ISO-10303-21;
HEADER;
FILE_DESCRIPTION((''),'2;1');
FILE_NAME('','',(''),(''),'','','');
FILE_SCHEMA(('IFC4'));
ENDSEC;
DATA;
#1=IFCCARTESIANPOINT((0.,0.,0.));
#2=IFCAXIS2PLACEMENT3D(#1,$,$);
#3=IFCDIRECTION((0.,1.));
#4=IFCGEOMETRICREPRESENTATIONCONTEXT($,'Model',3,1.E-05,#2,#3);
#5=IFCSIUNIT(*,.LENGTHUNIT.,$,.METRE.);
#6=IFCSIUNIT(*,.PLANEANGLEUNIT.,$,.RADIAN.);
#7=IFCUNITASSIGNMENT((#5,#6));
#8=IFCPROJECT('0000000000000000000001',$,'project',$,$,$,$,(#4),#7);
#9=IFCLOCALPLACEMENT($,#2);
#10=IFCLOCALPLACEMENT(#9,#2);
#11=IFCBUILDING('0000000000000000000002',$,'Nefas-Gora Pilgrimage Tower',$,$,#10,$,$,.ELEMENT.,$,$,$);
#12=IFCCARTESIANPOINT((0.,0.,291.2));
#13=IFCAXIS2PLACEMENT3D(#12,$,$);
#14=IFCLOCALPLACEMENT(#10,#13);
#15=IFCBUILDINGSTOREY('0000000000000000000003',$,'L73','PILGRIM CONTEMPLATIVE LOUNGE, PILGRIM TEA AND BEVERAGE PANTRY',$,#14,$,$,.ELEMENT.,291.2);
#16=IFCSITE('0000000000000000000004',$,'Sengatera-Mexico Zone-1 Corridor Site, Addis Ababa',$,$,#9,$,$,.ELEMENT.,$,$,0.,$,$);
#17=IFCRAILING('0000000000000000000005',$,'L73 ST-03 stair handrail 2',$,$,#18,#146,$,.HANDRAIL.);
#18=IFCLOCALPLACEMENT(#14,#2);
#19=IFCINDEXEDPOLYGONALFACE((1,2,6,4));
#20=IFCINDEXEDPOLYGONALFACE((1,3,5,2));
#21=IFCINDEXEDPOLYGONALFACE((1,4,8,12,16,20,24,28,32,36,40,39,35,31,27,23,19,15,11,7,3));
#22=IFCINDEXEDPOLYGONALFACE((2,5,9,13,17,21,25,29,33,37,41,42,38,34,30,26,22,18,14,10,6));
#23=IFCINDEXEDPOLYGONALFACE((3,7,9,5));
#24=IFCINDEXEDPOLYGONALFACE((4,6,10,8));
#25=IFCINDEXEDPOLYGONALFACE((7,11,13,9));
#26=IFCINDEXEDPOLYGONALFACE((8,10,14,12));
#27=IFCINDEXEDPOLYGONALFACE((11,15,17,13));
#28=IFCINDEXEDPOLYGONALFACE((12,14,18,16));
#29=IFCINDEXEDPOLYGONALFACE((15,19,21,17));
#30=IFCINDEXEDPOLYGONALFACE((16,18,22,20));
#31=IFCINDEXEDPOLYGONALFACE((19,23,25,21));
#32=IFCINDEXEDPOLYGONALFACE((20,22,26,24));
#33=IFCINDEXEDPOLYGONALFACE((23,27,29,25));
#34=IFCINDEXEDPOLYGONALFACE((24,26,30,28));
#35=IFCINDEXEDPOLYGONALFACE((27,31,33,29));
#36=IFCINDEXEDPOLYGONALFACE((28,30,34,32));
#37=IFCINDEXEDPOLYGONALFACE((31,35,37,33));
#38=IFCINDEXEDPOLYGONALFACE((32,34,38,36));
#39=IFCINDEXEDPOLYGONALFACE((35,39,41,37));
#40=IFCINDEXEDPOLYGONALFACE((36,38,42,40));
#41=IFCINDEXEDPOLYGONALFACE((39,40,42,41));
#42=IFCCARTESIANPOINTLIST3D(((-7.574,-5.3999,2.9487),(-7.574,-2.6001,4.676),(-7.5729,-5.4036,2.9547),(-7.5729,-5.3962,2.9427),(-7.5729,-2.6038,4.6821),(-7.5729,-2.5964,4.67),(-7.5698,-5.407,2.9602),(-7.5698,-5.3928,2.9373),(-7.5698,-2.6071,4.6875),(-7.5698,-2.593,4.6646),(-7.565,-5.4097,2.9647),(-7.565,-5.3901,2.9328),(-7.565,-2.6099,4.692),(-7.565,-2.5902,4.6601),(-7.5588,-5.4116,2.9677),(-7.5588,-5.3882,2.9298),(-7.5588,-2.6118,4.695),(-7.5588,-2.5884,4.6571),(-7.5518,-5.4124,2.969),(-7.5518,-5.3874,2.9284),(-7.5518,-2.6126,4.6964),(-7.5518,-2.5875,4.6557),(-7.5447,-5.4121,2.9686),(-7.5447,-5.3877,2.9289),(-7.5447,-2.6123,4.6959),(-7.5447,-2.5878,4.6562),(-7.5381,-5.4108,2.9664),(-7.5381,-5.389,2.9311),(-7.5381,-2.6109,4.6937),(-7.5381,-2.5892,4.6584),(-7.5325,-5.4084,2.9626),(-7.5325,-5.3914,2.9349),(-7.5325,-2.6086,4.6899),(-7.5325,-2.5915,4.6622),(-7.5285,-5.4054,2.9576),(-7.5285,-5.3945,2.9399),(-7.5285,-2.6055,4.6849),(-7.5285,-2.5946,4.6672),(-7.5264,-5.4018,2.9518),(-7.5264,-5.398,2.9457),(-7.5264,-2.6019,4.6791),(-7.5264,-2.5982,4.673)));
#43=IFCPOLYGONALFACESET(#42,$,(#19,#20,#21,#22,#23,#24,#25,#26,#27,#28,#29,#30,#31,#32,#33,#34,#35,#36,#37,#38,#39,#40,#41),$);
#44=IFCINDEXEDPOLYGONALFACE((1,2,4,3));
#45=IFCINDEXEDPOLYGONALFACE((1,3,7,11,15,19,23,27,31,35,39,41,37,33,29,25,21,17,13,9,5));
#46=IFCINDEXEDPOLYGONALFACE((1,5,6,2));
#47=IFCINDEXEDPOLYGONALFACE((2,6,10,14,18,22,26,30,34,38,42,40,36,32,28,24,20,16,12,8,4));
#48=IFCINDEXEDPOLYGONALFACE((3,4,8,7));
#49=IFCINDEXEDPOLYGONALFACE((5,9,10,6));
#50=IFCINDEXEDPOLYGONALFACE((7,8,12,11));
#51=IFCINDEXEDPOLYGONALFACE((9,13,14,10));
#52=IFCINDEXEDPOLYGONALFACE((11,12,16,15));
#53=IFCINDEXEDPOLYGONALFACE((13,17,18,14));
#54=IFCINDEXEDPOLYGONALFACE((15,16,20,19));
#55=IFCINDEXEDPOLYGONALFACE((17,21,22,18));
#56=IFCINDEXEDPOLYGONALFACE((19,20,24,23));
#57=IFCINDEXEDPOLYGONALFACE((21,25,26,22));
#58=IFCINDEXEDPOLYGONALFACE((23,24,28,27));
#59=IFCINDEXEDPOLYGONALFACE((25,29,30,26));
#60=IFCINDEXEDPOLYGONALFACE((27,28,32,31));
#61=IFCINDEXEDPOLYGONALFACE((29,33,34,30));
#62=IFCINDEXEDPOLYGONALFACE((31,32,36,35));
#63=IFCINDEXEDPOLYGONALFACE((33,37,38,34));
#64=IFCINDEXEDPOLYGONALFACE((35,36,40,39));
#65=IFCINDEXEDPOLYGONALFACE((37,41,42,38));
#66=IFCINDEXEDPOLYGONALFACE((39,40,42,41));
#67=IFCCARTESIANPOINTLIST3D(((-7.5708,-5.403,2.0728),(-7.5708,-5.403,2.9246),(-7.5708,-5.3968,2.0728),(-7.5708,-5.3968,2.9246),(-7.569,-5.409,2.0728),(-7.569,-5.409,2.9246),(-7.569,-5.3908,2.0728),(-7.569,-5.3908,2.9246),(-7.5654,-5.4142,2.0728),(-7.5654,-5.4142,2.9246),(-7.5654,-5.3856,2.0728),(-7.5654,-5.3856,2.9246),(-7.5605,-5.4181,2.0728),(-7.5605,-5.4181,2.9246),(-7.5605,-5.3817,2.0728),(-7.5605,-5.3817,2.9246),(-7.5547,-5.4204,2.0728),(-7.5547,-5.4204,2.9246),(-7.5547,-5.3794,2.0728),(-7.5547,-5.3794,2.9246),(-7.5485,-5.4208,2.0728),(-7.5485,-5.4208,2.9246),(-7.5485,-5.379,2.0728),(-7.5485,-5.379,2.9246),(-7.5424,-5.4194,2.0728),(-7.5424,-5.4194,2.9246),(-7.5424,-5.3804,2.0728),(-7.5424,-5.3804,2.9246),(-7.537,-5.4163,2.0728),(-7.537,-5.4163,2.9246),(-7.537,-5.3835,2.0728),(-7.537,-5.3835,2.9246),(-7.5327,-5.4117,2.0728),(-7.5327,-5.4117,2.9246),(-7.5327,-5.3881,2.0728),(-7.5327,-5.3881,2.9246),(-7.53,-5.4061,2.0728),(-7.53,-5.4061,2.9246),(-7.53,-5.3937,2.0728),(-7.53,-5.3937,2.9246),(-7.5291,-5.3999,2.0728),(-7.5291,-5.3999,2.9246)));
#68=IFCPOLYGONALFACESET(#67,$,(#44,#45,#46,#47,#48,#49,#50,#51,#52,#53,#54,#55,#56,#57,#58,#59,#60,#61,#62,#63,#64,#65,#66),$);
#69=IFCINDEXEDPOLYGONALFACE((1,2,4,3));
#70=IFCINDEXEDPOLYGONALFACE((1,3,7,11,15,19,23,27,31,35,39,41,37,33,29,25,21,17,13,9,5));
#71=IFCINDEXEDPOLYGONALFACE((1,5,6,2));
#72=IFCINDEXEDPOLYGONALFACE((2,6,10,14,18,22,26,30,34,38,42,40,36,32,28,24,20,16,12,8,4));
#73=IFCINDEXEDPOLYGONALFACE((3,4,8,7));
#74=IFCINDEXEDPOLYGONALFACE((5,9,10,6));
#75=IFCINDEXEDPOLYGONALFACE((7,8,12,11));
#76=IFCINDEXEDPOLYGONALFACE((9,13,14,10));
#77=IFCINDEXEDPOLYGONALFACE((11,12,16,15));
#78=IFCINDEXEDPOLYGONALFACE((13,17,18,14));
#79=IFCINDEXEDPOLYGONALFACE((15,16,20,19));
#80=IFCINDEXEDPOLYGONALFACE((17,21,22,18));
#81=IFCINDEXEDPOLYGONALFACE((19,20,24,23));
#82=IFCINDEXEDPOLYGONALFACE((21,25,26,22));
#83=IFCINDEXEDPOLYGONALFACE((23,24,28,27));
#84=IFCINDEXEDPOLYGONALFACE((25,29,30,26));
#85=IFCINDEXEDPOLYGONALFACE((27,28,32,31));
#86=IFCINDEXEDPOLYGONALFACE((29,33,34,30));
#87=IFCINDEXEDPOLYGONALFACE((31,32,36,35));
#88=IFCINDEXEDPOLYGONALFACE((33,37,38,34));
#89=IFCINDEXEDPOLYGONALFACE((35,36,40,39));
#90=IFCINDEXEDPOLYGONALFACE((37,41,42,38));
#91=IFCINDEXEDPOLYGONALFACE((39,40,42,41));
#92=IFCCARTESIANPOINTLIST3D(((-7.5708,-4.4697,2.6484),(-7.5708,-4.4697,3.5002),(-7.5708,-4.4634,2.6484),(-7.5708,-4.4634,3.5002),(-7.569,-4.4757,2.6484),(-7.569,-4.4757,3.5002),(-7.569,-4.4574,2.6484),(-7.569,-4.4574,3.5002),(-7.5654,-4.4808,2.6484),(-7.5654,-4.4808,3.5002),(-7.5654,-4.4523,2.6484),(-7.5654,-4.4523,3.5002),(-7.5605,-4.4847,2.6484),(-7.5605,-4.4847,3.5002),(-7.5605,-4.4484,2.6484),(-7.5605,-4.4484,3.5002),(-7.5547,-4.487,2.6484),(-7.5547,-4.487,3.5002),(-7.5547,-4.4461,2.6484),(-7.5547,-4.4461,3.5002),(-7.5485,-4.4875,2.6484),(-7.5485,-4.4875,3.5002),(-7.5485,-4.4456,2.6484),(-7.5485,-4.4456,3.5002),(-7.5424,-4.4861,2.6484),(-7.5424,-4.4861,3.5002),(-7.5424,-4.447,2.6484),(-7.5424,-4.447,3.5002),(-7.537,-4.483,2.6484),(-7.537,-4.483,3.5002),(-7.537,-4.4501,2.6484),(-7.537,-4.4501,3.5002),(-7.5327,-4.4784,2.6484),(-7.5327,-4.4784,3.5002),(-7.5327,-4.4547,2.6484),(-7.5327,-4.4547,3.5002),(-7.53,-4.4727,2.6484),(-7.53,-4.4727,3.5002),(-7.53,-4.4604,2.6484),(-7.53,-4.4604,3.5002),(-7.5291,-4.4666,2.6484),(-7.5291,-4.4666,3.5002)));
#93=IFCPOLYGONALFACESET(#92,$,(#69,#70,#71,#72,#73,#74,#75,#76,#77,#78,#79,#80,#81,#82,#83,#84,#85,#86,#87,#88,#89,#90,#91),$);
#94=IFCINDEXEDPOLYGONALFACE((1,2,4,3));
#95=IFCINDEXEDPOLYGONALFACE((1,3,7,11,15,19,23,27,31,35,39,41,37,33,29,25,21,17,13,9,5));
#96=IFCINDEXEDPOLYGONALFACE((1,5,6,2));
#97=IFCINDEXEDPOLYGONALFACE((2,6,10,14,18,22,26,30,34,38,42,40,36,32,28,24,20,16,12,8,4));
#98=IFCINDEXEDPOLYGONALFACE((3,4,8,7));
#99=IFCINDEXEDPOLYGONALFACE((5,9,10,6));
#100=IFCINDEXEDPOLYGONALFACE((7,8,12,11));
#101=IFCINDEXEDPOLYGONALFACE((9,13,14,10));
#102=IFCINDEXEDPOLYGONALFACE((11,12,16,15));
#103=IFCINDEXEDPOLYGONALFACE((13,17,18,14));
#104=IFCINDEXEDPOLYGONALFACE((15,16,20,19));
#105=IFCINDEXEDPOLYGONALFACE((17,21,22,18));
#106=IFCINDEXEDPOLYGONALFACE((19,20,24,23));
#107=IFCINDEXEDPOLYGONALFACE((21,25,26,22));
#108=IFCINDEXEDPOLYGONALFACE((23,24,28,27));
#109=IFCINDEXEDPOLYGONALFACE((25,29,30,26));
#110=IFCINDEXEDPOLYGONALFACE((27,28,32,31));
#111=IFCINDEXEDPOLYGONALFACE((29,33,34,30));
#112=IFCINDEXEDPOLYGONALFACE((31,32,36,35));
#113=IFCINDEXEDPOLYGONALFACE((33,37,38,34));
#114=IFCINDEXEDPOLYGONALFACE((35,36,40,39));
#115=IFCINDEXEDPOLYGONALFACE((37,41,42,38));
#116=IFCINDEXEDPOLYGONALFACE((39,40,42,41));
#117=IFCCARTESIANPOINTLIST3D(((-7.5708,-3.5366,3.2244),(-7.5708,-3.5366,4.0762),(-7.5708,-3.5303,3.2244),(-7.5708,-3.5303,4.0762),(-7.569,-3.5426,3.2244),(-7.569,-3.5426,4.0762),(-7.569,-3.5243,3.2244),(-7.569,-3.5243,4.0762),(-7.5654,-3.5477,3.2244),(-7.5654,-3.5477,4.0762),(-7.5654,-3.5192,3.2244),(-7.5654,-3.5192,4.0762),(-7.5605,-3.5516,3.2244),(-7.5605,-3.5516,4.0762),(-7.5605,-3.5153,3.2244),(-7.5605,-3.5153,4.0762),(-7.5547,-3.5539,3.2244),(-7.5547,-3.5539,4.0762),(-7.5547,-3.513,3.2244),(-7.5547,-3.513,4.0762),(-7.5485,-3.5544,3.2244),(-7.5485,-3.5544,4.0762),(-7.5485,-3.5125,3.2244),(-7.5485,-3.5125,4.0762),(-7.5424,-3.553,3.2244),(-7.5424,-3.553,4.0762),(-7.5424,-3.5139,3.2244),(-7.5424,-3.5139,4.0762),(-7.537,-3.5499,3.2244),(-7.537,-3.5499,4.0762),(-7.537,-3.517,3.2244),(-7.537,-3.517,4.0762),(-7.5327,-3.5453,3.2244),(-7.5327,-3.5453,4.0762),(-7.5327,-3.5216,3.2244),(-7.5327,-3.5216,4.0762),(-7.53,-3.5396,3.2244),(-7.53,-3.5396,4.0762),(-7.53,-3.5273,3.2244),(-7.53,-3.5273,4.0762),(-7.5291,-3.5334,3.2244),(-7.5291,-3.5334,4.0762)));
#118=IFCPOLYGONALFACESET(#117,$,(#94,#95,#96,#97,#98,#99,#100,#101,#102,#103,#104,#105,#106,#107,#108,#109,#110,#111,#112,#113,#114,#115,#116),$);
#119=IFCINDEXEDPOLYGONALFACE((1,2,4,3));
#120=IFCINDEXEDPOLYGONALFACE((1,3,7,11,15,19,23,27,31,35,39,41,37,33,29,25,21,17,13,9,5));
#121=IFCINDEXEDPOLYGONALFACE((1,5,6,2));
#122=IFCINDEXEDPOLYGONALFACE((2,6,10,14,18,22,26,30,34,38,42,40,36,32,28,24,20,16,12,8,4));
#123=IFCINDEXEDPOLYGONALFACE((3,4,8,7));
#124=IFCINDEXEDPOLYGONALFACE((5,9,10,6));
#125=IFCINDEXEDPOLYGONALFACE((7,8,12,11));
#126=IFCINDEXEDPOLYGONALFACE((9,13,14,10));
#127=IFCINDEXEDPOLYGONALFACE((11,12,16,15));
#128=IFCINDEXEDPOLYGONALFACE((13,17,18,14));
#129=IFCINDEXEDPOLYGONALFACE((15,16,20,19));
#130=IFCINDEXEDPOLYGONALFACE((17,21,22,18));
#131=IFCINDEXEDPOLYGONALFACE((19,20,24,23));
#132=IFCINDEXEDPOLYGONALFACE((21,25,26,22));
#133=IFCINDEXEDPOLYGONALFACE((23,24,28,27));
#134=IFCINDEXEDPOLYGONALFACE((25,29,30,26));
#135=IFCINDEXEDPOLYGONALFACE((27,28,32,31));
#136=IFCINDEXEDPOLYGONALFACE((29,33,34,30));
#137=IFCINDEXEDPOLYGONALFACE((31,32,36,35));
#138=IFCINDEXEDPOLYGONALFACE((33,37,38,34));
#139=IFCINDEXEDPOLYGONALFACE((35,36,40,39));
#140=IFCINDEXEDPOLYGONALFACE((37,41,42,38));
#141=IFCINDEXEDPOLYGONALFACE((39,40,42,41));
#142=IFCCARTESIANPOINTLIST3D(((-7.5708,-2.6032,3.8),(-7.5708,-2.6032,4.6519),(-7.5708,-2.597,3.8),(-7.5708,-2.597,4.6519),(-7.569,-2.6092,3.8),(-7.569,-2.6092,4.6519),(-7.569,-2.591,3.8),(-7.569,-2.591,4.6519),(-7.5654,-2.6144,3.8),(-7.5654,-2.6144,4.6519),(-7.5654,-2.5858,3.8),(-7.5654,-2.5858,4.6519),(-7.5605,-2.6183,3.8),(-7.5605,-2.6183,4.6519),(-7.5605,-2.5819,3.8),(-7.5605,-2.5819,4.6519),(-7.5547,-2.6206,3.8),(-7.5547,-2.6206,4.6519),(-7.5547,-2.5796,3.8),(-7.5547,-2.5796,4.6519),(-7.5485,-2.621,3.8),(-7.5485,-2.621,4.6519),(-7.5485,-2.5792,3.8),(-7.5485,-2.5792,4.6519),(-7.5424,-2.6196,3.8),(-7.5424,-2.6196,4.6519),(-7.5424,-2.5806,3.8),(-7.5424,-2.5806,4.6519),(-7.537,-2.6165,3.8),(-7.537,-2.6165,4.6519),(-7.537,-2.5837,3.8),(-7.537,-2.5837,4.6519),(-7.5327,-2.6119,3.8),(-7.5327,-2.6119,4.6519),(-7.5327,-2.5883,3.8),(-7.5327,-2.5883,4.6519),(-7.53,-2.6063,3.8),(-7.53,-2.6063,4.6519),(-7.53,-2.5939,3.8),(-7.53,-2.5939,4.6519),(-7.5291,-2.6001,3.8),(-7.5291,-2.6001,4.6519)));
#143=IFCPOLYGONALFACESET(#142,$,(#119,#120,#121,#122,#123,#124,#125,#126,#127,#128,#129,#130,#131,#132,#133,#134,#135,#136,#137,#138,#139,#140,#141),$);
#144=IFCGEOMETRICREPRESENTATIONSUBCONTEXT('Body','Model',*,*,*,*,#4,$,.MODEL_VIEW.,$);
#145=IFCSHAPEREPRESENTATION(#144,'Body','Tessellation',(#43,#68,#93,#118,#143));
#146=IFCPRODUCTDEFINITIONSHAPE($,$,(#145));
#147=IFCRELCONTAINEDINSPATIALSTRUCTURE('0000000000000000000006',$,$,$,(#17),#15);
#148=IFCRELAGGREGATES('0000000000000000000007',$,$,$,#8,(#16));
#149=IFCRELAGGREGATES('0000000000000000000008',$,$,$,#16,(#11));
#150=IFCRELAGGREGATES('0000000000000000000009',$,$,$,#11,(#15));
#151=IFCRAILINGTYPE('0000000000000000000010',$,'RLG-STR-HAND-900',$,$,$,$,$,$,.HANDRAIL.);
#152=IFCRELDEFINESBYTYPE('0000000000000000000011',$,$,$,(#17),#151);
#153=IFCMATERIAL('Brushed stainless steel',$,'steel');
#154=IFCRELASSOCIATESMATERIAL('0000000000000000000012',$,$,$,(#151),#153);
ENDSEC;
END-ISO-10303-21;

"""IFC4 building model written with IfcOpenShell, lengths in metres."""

from ifc_helpers import new_model, si_unit, direction, frame, origin, origin_2d, place, context, subcontext, project, spatial, circle, extrude, material, type_object, element, save


model = new_model("IFC4")

# Units and contexts
model_context = context("Model", 3, precision=1e-05, world=origin(), true_north=direction((0.0, 1.0)))
body_context = subcontext(model_context, "Body", "Model", "MODEL_VIEW")
ifc_project = project(units=[si_unit("LENGTHUNIT", "METRE"), si_unit("PLANEANGLEUNIT", "RADIAN")], contexts=[model_context])

# Site, building, storey
site_placement = place(None, origin())
site = spatial("IfcSite", under=ifc_project, at=site_placement, Name="Sengatera-Mexico Zone-1 Corridor Site, Addis Ababa", CompositionType="ELEMENT", RefElevation=0.0)
building_placement = place(site_placement, origin())
building = spatial("IfcBuilding", under=site, at=building_placement, Name="Nefas-Gora Pilgrimage Tower", CompositionType="ELEMENT")
storey_placement = place(building_placement, frame((0.0, 0.0, 291.2)))
storey = spatial("IfcBuildingStorey", under=building, at=storey_placement, Name="L73", Description="PILGRIM CONTEMPLATIVE LOUNGE, PILGRIM TEA AND BEVERAGE PANTRY", CompositionType="ELEMENT", Elevation=291.2)

# Railing
ifc_material_1 = material(Name="Brushed stainless steel", Category="steel")
railing_type_1 = type_object("IfcRailingType", Name="RLG-STR-HAND-900", PredefinedType="HANDRAIL", material=ifc_material_1)
railing_1_placement = place(storey_placement, frame((-7.55, -5.3999, 2.0728)))
element("IfcRailing", 1, at=railing_1_placement, inside=storey, type_object=railing_type_1, Name="L73 ST-03 stair handrail 2", PredefinedType="HANDRAIL", context=body_context, shape_type="SweptSolid", body=[
    extrude(circle(Radius=0.0239, at=origin_2d()), frame((0.0, 0.0, 0.876), z_axis=(0.0, 0.851069, 0.525054), x_axis=(-1.0, 0.0, 0.0)), (0.0, 0.0, 1.0), 3.2898),
    extrude(circle(Radius=0.021, at=origin_2d()), origin(), (0.0, 0.0, 1.0), 0.8518),
    extrude(circle(Radius=0.021, at=origin_2d()), frame((0.0, 0.9333, 0.5757)), (0.0, 0.0, 1.0), 0.8518),
    extrude(circle(Radius=0.021, at=origin_2d()), frame((0.0, 1.8665, 1.1516)), (0.0, 0.0, 1.0), 0.8518),
    extrude(circle(Radius=0.021, at=origin_2d()), frame((0.0, 2.7998, 1.7273)), (0.0, 0.0, 1.0), 0.8518),
])

save(model, "model.ifc")
